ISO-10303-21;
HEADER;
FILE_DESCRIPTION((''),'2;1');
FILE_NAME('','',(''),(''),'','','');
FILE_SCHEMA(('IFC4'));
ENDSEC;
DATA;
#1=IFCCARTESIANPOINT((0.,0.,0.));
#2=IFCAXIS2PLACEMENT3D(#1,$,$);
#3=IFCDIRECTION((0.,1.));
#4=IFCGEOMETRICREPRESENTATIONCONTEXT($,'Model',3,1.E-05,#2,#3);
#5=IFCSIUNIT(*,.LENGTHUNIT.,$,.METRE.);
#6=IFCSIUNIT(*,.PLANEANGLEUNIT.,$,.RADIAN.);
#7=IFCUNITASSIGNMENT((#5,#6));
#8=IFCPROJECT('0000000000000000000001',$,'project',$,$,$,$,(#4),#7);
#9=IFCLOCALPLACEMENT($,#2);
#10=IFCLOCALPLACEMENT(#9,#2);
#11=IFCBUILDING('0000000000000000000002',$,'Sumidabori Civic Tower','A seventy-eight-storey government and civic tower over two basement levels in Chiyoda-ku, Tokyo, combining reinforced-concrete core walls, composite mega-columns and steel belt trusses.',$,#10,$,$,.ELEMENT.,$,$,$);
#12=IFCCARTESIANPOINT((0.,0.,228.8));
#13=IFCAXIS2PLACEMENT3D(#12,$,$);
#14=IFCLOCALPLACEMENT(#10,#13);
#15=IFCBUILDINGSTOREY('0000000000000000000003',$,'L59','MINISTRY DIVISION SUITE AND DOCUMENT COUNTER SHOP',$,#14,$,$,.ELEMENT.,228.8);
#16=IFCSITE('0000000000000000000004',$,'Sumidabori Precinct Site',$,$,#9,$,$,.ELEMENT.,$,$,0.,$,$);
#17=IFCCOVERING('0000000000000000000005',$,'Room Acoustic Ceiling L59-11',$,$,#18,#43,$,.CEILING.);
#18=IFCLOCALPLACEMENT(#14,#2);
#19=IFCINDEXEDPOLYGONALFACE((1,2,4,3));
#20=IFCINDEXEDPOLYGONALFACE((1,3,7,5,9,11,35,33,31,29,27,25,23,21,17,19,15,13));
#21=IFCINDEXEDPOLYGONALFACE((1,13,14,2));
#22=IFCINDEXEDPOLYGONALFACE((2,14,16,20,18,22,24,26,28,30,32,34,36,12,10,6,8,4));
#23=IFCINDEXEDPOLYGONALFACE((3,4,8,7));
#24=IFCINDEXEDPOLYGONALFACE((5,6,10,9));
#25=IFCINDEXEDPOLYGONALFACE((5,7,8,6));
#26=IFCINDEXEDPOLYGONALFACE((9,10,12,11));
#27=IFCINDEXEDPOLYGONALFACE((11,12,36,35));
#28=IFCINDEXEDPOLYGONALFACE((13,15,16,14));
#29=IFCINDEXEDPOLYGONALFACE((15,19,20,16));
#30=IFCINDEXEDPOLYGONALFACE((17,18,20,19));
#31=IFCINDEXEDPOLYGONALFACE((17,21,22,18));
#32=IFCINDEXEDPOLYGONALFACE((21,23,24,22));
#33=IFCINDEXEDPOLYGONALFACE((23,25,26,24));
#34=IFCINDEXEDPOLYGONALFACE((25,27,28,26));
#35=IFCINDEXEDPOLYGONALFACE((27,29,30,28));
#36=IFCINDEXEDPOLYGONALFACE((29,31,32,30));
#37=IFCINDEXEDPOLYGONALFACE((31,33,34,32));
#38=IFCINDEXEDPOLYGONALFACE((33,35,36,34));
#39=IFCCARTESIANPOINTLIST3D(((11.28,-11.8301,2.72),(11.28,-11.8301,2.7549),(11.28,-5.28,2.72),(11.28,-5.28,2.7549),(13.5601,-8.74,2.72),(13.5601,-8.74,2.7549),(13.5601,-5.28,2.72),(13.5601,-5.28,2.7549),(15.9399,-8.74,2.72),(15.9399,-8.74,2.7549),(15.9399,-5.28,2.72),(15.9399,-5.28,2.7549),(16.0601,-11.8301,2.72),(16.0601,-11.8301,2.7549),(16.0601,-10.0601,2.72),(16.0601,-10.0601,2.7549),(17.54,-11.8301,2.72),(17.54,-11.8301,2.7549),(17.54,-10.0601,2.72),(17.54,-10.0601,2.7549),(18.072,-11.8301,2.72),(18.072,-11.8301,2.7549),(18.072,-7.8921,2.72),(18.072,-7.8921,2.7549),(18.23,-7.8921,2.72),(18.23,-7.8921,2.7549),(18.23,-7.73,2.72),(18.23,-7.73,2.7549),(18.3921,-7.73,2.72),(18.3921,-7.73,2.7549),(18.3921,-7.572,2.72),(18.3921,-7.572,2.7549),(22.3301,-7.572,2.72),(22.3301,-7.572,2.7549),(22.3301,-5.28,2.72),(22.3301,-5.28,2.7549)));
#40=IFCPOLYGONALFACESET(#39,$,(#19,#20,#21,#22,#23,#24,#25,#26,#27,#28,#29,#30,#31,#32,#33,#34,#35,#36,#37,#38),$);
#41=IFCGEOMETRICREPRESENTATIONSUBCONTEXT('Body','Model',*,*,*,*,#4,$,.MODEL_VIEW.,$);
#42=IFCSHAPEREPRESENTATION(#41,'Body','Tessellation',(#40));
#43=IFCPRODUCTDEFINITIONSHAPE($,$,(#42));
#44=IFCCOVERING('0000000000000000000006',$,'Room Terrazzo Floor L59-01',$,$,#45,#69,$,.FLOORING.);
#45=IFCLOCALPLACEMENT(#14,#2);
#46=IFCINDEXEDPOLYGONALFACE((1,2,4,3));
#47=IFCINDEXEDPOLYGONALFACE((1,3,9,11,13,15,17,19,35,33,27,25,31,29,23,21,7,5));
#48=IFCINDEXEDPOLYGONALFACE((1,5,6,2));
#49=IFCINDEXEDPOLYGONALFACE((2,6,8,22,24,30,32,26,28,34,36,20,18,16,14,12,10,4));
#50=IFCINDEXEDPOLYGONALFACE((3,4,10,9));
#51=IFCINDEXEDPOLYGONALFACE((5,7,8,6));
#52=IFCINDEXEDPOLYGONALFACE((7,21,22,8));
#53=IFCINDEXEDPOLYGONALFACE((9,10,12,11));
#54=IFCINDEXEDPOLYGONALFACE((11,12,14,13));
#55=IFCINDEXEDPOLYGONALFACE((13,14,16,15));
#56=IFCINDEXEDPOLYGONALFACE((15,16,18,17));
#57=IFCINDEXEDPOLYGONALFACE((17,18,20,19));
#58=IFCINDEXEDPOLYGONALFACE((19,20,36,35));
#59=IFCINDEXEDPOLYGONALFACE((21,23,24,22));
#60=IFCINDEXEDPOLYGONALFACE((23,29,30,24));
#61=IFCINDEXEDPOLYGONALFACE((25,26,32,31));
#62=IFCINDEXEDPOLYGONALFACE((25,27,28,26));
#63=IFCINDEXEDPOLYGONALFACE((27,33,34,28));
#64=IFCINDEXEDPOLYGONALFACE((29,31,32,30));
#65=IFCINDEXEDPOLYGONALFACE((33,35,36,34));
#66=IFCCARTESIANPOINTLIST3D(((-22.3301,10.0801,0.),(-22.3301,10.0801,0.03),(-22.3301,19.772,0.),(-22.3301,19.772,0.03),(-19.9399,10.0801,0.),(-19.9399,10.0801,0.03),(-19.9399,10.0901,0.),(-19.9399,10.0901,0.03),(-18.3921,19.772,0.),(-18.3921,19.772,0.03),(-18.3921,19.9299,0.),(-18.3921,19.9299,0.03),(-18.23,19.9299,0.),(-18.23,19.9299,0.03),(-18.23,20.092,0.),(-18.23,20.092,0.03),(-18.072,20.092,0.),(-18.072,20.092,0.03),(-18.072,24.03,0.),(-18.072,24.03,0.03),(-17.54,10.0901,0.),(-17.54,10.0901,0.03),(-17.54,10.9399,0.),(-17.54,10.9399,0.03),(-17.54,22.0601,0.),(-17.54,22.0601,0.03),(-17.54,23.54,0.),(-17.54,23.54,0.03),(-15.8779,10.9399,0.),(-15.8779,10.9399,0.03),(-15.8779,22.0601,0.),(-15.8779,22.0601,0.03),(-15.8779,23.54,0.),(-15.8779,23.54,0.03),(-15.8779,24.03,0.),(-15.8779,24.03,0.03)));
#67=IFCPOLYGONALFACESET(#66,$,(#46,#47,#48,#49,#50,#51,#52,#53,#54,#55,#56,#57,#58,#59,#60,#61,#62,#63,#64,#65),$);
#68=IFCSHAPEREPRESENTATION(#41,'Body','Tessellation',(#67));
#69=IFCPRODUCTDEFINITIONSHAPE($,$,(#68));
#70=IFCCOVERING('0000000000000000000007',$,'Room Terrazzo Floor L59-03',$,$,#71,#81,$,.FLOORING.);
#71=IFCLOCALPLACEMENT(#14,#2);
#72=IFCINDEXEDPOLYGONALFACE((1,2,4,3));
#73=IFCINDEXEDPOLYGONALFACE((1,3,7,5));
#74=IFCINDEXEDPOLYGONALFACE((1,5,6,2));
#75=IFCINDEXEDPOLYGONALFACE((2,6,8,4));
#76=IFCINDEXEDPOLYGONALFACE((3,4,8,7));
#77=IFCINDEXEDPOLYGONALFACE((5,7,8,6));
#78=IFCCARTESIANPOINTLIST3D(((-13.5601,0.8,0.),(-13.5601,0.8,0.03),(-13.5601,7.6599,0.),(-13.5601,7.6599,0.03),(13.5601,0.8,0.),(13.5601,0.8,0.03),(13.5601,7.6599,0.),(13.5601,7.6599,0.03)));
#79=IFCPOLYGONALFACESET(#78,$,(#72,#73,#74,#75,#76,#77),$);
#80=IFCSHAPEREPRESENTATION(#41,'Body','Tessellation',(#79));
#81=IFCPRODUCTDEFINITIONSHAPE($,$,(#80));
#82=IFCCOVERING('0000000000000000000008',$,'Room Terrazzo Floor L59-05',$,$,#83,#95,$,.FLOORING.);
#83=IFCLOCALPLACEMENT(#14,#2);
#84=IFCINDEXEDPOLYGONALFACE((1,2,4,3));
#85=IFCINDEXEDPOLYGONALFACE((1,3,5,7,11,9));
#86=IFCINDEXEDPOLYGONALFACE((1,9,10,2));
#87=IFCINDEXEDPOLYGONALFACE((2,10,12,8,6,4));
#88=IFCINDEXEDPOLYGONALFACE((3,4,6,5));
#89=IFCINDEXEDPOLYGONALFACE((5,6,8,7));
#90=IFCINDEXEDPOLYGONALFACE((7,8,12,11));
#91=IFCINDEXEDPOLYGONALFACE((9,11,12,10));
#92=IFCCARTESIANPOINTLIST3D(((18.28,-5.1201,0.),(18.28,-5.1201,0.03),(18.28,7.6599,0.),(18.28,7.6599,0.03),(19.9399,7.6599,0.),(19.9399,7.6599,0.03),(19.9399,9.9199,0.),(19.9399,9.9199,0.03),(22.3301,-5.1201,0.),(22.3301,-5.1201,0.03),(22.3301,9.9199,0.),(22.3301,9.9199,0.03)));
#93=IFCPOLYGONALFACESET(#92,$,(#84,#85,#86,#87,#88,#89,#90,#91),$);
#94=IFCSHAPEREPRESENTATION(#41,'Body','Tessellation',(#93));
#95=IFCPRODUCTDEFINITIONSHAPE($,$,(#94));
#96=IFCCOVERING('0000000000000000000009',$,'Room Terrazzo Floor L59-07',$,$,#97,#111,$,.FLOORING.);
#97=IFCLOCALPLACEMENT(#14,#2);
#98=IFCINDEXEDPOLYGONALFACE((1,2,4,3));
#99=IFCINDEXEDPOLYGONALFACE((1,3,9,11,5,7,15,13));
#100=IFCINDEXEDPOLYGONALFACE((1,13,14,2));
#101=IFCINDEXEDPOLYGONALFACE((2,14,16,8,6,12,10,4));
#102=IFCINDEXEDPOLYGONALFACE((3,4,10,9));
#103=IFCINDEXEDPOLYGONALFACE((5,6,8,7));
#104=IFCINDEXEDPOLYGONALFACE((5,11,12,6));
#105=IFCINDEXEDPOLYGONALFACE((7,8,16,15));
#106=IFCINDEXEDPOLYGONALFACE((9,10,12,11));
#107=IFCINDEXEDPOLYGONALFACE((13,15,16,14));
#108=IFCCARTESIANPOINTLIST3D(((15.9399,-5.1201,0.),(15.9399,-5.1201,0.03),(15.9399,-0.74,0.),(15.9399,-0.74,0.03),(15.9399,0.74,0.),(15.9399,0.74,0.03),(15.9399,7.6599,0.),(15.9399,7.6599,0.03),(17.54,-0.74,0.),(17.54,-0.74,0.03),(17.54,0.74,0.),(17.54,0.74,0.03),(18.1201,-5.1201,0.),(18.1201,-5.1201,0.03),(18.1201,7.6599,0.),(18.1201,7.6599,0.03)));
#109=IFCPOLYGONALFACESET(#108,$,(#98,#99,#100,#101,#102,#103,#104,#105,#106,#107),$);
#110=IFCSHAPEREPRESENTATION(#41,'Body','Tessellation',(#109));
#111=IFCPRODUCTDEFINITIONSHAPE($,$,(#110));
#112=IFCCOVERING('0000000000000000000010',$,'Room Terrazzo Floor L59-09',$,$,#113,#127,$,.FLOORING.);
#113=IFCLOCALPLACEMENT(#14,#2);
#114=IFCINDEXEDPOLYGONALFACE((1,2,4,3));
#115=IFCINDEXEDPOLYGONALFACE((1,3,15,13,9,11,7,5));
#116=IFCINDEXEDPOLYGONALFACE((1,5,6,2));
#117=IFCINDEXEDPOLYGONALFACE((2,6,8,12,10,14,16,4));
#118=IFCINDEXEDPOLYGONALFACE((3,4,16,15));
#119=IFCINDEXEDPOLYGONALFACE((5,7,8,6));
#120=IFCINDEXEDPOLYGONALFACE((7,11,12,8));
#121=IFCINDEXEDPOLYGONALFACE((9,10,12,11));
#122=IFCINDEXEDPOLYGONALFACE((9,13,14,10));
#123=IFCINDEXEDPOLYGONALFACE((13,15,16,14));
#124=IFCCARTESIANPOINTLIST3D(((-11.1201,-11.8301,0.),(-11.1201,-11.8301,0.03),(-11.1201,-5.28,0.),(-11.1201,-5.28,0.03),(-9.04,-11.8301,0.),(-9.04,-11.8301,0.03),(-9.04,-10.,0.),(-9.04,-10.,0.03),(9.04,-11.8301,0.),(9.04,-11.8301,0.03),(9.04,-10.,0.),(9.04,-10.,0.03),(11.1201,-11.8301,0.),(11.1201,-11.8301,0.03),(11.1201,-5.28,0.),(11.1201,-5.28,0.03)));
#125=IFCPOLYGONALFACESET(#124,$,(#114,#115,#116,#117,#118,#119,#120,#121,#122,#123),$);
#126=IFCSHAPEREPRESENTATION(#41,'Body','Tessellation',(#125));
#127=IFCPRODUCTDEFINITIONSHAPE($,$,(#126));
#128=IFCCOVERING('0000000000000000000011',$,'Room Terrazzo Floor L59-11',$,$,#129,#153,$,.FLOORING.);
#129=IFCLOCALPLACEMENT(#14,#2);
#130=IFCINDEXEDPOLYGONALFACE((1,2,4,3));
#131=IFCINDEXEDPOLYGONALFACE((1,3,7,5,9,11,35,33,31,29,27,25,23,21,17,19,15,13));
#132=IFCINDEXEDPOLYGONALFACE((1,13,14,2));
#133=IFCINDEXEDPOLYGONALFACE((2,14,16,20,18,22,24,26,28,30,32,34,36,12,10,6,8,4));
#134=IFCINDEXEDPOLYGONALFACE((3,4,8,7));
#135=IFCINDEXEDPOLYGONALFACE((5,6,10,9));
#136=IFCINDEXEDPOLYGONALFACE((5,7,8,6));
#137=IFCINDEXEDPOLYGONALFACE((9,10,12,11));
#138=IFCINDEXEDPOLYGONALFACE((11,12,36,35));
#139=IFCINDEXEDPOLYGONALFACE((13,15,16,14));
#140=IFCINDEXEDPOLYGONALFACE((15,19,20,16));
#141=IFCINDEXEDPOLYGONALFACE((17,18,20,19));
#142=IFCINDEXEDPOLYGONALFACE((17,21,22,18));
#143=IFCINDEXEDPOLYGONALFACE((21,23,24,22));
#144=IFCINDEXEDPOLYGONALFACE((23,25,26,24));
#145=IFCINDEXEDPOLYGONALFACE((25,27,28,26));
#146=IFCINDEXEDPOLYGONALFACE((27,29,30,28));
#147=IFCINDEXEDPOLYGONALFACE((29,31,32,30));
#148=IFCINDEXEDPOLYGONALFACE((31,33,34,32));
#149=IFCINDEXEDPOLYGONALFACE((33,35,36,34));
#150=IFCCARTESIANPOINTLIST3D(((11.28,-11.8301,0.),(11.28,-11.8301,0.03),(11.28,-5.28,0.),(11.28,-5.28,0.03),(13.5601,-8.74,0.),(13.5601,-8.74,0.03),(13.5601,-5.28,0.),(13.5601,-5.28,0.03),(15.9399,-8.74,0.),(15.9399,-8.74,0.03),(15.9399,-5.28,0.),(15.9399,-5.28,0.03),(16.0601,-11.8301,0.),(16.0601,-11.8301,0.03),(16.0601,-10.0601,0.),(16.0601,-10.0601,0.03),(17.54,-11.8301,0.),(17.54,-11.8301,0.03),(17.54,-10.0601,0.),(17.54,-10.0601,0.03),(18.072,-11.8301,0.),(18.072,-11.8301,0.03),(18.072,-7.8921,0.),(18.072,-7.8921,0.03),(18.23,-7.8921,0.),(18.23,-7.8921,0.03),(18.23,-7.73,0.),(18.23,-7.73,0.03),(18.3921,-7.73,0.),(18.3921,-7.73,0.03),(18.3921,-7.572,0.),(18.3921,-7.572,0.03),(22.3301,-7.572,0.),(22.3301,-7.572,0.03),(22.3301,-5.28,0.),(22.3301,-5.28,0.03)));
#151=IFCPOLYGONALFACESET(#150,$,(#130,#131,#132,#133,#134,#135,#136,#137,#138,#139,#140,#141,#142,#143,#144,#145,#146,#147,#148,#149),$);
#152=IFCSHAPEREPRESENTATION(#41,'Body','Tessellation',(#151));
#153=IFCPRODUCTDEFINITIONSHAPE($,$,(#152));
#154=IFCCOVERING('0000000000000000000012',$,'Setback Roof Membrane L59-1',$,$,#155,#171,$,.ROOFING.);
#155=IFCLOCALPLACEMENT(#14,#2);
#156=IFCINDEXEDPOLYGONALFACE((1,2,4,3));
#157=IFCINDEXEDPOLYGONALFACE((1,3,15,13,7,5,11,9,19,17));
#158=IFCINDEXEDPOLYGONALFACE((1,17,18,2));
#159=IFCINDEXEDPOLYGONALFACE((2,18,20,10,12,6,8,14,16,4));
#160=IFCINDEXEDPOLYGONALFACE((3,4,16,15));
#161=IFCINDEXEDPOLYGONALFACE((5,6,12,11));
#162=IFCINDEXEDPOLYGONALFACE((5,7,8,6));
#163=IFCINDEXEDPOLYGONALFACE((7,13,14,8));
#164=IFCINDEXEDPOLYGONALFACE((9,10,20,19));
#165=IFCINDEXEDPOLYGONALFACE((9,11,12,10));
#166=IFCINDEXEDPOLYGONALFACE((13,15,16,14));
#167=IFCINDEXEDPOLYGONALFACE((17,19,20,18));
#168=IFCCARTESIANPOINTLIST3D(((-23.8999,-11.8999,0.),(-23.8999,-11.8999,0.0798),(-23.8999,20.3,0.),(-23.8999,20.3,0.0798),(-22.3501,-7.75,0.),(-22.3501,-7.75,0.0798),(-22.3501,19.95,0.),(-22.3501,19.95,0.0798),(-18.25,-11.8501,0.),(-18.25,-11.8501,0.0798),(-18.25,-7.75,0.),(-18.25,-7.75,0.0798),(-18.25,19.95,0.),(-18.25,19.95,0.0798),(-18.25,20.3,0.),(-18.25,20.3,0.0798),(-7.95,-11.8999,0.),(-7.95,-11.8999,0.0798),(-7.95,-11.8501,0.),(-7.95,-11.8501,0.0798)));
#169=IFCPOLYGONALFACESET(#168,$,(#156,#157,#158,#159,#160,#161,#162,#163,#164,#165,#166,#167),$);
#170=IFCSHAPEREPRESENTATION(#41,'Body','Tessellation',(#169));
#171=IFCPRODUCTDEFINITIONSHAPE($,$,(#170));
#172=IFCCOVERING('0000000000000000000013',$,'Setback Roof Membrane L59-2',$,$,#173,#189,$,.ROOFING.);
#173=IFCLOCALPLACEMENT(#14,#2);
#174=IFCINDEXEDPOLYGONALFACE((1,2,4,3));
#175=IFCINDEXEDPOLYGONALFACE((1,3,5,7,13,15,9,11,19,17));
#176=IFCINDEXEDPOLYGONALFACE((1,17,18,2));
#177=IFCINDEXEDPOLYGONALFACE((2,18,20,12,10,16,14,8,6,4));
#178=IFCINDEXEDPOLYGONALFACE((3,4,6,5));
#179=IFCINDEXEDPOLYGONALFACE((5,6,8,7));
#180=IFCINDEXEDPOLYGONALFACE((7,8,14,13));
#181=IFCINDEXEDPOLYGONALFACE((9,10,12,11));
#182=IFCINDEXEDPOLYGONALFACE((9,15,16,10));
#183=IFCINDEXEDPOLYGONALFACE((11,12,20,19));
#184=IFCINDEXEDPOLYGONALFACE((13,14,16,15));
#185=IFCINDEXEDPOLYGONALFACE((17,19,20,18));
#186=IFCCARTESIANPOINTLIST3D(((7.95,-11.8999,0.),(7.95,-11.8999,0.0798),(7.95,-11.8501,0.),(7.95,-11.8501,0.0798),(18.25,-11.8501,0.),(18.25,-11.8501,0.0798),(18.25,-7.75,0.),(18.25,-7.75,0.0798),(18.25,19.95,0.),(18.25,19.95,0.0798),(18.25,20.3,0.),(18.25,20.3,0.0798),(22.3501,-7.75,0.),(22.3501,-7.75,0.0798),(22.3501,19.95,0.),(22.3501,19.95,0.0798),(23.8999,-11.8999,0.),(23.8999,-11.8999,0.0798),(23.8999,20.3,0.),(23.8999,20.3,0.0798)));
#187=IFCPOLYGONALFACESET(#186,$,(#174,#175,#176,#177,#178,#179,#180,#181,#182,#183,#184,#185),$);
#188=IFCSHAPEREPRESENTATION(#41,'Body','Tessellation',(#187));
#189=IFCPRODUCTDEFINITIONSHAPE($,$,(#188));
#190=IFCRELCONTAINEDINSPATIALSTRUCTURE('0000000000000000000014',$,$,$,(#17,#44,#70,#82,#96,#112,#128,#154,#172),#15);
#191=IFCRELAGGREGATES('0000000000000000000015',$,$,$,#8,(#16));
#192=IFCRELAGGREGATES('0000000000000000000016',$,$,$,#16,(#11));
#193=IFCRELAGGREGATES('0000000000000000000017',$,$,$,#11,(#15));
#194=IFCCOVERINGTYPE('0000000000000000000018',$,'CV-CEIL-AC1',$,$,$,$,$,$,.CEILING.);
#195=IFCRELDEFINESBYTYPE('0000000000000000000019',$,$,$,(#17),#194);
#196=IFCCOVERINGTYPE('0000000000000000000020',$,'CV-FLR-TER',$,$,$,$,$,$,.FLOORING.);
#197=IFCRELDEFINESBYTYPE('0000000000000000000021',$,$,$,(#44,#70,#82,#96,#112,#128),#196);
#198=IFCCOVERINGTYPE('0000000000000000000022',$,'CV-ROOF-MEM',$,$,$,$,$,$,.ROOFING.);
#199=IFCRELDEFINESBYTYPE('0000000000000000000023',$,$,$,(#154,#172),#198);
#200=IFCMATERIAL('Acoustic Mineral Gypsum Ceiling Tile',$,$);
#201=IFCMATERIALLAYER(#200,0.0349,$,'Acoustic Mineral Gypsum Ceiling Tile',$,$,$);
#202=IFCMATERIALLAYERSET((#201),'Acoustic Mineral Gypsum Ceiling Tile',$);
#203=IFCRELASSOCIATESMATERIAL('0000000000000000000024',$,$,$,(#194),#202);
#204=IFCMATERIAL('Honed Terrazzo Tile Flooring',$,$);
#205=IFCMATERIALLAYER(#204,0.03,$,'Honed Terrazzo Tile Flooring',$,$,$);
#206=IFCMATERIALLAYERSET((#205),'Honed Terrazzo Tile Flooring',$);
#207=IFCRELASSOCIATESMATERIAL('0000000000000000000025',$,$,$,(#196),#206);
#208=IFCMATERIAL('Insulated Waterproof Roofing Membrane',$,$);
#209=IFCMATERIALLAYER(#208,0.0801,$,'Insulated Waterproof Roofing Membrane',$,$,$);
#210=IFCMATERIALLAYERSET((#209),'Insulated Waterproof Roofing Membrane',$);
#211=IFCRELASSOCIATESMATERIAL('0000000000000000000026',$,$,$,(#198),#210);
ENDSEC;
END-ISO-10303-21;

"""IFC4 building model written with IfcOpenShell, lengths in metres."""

from ifc_helpers import new_model, si_unit, direction, frame, origin, place, context, subcontext, project, spatial, polyline, outline, extrude, material, layer, layer_set, type_object, element, save


model = new_model("IFC4")

# Units and contexts
model_context = context("Model", 3, precision=1e-05, world=origin(), true_north=direction((0.0, 1.0)))
body_context = subcontext(model_context, "Body", "Model", "MODEL_VIEW")
ifc_project = project(units=[si_unit("LENGTHUNIT", "METRE"), si_unit("PLANEANGLEUNIT", "RADIAN")], contexts=[model_context])

# Site, building, storey
site_placement = place(None, origin())
site = spatial("IfcSite", under=ifc_project, at=site_placement, Name="Sumidabori Precinct Site", CompositionType="ELEMENT", RefElevation=0.0)
building_placement = place(site_placement, origin())
building = spatial("IfcBuilding", under=site, at=building_placement, Name="Sumidabori Civic Tower", Description="A seventy-eight-storey government and civic tower over two basement levels in Chiyoda-ku, Tokyo, combining reinforced-concrete core walls, composite mega-columns and steel belt trusses.", CompositionType="ELEMENT")
storey_placement = place(building_placement, frame((0.0, 0.0, 228.8)))
storey = spatial("IfcBuildingStorey", under=building, at=storey_placement, Name="L59", Description="MINISTRY DIVISION SUITE AND DOCUMENT COUNTER SHOP", CompositionType="ELEMENT", Elevation=228.8)

# Coverings
ifc_material_1 = material(Name="Acoustic Mineral Gypsum Ceiling Tile")
ifc_layer_1 = layer(ifc_material_1, 0.0349, Name="Acoustic Mineral Gypsum Ceiling Tile")
ifc_layer_set_1 = layer_set([ifc_layer_1], Name="Acoustic Mineral Gypsum Ceiling Tile")
covering_type_1 = type_object("IfcCoveringType", Name="CV-CEIL-AC1", PredefinedType="CEILING", material=ifc_layer_set_1)
covering_1_placement = place(storey_placement, frame((0.0, 0.0, 2.72)))
element("IfcCovering", 1, at=covering_1_placement, inside=storey, type_object=covering_type_1, Name="Room Acoustic Ceiling L59-11", PredefinedType="CEILING", context=body_context, shape_type="SweptSolid", body=[
    extrude(outline(polyline([(13.5601, -8.74), (15.9399, -8.74), (15.9399, -5.28), (22.3301, -5.28), (22.3301, -7.572), (18.3921, -7.572), (18.3921, -7.73), (18.23, -7.73), (18.23, -7.8921), (18.072, -7.8921), (18.072, -11.8301), (17.54, -11.8301), (17.54, -10.0601), (16.0601, -10.0601), (16.0601, -11.8301), (11.28, -11.8301), (11.28, -5.28), (13.5601, -5.28), (13.5601, -8.74)])), origin(), (0.0, 0.0, 1.0), 0.0349),
])
ifc_material_2 = material(Name="Honed Terrazzo Tile Flooring")
ifc_layer_2 = layer(ifc_material_2, 0.03, Name="Honed Terrazzo Tile Flooring")
ifc_layer_set_2 = layer_set([ifc_layer_2], Name="Honed Terrazzo Tile Flooring")
covering_type_2 = type_object("IfcCoveringType", Name="CV-FLR-TER", PredefinedType="FLOORING", material=ifc_layer_set_2)
covering_2_placement = place(storey_placement, origin())
element("IfcCovering", 2, at=covering_2_placement, inside=storey, type_object=covering_type_2, Name="Room Terrazzo Floor L59-01", PredefinedType="FLOORING", context=body_context, shape_type="SweptSolid", body=[
    extrude(outline(polyline([(-22.3301, 10.0801), (-22.3301, 19.772), (-18.3921, 19.772), (-18.3921, 19.9299), (-18.23, 19.9299), (-18.23, 20.092), (-18.072, 20.092), (-18.072, 24.03), (-15.8779, 24.03), (-15.8779, 23.54), (-17.54, 23.54), (-17.54, 22.0601), (-15.8779, 22.0601), (-15.8779, 10.9399), (-17.54, 10.9399), (-17.54, 10.0901), (-19.9399, 10.0901), (-19.9399, 10.0801), (-22.3301, 10.0801)])), origin(), (0.0, 0.0, 1.0), 0.03),
])
covering_3_placement = place(storey_placement, origin())
element("IfcCovering", 3, at=covering_3_placement, inside=storey, type_object=covering_type_2, Name="Room Terrazzo Floor L59-03", PredefinedType="FLOORING", context=body_context, shape_type="SweptSolid", body=[
    extrude(outline(polyline([(-13.5601, 7.6599), (13.5601, 7.6599), (13.5601, 0.8), (-13.5601, 0.8), (-13.5601, 7.6599)])), origin(), (0.0, 0.0, 1.0), 0.03),
])
covering_4_placement = place(storey_placement, origin())
element("IfcCovering", 4, at=covering_4_placement, inside=storey, type_object=covering_type_2, Name="Room Terrazzo Floor L59-05", PredefinedType="FLOORING", context=body_context, shape_type="SweptSolid", body=[
    extrude(outline(polyline([(18.28, 7.6599), (19.9399, 7.6599), (19.9399, 9.9199), (22.3301, 9.9199), (22.3301, -5.1201), (18.28, -5.1201), (18.28, 7.6599)])), origin(), (0.0, 0.0, 1.0), 0.03),
])
covering_5_placement = place(storey_placement, origin())
element("IfcCovering", 5, at=covering_5_placement, inside=storey, type_object=covering_type_2, Name="Room Terrazzo Floor L59-07", PredefinedType="FLOORING", context=body_context, shape_type="SweptSolid", body=[
    extrude(outline(polyline([(15.9399, -0.74), (17.54, -0.74), (17.54, 0.74), (15.9399, 0.74), (15.9399, 7.6599), (18.1201, 7.6599), (18.1201, -5.1201), (15.9399, -5.1201), (15.9399, -0.74)])), origin(), (0.0, 0.0, 1.0), 0.03),
])
covering_6_placement = place(storey_placement, origin())
element("IfcCovering", 6, at=covering_6_placement, inside=storey, type_object=covering_type_2, Name="Room Terrazzo Floor L59-09", PredefinedType="FLOORING", context=body_context, shape_type="SweptSolid", body=[
    extrude(outline(polyline([(11.1201, -11.8301), (9.04, -11.8301), (9.04, -10.0), (-9.04, -10.0), (-9.04, -11.8301), (-11.1201, -11.8301), (-11.1201, -5.28), (11.1201, -5.28), (11.1201, -11.8301)])), origin(), (0.0, 0.0, 1.0), 0.03),
])
covering_7_placement = place(storey_placement, origin())
element("IfcCovering", 7, at=covering_7_placement, inside=storey, type_object=covering_type_2, Name="Room Terrazzo Floor L59-11", PredefinedType="FLOORING", context=body_context, shape_type="SweptSolid", body=[
    extrude(outline(polyline([(13.5601, -8.74), (15.9399, -8.74), (15.9399, -5.28), (22.3301, -5.28), (22.3301, -7.572), (18.3921, -7.572), (18.3921, -7.73), (18.23, -7.73), (18.23, -7.8921), (18.072, -7.8921), (18.072, -11.8301), (17.54, -11.8301), (17.54, -10.0601), (16.0601, -10.0601), (16.0601, -11.8301), (11.28, -11.8301), (11.28, -5.28), (13.5601, -5.28), (13.5601, -8.74)])), origin(), (0.0, 0.0, 1.0), 0.03),
])
ifc_material_3 = material(Name="Insulated Waterproof Roofing Membrane")
ifc_layer_3 = layer(ifc_material_3, 0.0801, Name="Insulated Waterproof Roofing Membrane")
ifc_layer_set_3 = layer_set([ifc_layer_3], Name="Insulated Waterproof Roofing Membrane")
covering_type_3 = type_object("IfcCoveringType", Name="CV-ROOF-MEM", PredefinedType="ROOFING", material=ifc_layer_set_3)
covering_8_placement = place(storey_placement, origin())
element("IfcCovering", 8, at=covering_8_placement, inside=storey, type_object=covering_type_3, Name="Setback Roof Membrane L59-1", PredefinedType="ROOFING", context=body_context, shape_type="SweptSolid", body=[
    extrude(outline(polyline([(-23.8999, 20.3), (-18.25, 20.3), (-18.25, 19.95), (-22.3501, 19.95), (-22.3501, -7.75), (-18.25, -7.75), (-18.25, -11.8501), (-7.95, -11.8501), (-7.95, -11.8999), (-23.8999, -11.8999), (-23.8999, 20.3)])), origin(), (0.0, 0.0, 1.0), 0.0798),
])
covering_9_placement = place(storey_placement, origin())
element("IfcCovering", 9, at=covering_9_placement, inside=storey, type_object=covering_type_3, Name="Setback Roof Membrane L59-2", PredefinedType="ROOFING", context=body_context, shape_type="SweptSolid", body=[
    extrude(outline(polyline([(23.8999, 20.3), (23.8999, -11.8999), (7.95, -11.8999), (7.95, -11.8501), (18.25, -11.8501), (18.25, -7.75), (22.3501, -7.75), (22.3501, 19.95), (18.25, 19.95), (18.25, 20.3), (23.8999, 20.3)])), origin(), (0.0, 0.0, 1.0), 0.0798),
])

save(model, "model.ifc")
